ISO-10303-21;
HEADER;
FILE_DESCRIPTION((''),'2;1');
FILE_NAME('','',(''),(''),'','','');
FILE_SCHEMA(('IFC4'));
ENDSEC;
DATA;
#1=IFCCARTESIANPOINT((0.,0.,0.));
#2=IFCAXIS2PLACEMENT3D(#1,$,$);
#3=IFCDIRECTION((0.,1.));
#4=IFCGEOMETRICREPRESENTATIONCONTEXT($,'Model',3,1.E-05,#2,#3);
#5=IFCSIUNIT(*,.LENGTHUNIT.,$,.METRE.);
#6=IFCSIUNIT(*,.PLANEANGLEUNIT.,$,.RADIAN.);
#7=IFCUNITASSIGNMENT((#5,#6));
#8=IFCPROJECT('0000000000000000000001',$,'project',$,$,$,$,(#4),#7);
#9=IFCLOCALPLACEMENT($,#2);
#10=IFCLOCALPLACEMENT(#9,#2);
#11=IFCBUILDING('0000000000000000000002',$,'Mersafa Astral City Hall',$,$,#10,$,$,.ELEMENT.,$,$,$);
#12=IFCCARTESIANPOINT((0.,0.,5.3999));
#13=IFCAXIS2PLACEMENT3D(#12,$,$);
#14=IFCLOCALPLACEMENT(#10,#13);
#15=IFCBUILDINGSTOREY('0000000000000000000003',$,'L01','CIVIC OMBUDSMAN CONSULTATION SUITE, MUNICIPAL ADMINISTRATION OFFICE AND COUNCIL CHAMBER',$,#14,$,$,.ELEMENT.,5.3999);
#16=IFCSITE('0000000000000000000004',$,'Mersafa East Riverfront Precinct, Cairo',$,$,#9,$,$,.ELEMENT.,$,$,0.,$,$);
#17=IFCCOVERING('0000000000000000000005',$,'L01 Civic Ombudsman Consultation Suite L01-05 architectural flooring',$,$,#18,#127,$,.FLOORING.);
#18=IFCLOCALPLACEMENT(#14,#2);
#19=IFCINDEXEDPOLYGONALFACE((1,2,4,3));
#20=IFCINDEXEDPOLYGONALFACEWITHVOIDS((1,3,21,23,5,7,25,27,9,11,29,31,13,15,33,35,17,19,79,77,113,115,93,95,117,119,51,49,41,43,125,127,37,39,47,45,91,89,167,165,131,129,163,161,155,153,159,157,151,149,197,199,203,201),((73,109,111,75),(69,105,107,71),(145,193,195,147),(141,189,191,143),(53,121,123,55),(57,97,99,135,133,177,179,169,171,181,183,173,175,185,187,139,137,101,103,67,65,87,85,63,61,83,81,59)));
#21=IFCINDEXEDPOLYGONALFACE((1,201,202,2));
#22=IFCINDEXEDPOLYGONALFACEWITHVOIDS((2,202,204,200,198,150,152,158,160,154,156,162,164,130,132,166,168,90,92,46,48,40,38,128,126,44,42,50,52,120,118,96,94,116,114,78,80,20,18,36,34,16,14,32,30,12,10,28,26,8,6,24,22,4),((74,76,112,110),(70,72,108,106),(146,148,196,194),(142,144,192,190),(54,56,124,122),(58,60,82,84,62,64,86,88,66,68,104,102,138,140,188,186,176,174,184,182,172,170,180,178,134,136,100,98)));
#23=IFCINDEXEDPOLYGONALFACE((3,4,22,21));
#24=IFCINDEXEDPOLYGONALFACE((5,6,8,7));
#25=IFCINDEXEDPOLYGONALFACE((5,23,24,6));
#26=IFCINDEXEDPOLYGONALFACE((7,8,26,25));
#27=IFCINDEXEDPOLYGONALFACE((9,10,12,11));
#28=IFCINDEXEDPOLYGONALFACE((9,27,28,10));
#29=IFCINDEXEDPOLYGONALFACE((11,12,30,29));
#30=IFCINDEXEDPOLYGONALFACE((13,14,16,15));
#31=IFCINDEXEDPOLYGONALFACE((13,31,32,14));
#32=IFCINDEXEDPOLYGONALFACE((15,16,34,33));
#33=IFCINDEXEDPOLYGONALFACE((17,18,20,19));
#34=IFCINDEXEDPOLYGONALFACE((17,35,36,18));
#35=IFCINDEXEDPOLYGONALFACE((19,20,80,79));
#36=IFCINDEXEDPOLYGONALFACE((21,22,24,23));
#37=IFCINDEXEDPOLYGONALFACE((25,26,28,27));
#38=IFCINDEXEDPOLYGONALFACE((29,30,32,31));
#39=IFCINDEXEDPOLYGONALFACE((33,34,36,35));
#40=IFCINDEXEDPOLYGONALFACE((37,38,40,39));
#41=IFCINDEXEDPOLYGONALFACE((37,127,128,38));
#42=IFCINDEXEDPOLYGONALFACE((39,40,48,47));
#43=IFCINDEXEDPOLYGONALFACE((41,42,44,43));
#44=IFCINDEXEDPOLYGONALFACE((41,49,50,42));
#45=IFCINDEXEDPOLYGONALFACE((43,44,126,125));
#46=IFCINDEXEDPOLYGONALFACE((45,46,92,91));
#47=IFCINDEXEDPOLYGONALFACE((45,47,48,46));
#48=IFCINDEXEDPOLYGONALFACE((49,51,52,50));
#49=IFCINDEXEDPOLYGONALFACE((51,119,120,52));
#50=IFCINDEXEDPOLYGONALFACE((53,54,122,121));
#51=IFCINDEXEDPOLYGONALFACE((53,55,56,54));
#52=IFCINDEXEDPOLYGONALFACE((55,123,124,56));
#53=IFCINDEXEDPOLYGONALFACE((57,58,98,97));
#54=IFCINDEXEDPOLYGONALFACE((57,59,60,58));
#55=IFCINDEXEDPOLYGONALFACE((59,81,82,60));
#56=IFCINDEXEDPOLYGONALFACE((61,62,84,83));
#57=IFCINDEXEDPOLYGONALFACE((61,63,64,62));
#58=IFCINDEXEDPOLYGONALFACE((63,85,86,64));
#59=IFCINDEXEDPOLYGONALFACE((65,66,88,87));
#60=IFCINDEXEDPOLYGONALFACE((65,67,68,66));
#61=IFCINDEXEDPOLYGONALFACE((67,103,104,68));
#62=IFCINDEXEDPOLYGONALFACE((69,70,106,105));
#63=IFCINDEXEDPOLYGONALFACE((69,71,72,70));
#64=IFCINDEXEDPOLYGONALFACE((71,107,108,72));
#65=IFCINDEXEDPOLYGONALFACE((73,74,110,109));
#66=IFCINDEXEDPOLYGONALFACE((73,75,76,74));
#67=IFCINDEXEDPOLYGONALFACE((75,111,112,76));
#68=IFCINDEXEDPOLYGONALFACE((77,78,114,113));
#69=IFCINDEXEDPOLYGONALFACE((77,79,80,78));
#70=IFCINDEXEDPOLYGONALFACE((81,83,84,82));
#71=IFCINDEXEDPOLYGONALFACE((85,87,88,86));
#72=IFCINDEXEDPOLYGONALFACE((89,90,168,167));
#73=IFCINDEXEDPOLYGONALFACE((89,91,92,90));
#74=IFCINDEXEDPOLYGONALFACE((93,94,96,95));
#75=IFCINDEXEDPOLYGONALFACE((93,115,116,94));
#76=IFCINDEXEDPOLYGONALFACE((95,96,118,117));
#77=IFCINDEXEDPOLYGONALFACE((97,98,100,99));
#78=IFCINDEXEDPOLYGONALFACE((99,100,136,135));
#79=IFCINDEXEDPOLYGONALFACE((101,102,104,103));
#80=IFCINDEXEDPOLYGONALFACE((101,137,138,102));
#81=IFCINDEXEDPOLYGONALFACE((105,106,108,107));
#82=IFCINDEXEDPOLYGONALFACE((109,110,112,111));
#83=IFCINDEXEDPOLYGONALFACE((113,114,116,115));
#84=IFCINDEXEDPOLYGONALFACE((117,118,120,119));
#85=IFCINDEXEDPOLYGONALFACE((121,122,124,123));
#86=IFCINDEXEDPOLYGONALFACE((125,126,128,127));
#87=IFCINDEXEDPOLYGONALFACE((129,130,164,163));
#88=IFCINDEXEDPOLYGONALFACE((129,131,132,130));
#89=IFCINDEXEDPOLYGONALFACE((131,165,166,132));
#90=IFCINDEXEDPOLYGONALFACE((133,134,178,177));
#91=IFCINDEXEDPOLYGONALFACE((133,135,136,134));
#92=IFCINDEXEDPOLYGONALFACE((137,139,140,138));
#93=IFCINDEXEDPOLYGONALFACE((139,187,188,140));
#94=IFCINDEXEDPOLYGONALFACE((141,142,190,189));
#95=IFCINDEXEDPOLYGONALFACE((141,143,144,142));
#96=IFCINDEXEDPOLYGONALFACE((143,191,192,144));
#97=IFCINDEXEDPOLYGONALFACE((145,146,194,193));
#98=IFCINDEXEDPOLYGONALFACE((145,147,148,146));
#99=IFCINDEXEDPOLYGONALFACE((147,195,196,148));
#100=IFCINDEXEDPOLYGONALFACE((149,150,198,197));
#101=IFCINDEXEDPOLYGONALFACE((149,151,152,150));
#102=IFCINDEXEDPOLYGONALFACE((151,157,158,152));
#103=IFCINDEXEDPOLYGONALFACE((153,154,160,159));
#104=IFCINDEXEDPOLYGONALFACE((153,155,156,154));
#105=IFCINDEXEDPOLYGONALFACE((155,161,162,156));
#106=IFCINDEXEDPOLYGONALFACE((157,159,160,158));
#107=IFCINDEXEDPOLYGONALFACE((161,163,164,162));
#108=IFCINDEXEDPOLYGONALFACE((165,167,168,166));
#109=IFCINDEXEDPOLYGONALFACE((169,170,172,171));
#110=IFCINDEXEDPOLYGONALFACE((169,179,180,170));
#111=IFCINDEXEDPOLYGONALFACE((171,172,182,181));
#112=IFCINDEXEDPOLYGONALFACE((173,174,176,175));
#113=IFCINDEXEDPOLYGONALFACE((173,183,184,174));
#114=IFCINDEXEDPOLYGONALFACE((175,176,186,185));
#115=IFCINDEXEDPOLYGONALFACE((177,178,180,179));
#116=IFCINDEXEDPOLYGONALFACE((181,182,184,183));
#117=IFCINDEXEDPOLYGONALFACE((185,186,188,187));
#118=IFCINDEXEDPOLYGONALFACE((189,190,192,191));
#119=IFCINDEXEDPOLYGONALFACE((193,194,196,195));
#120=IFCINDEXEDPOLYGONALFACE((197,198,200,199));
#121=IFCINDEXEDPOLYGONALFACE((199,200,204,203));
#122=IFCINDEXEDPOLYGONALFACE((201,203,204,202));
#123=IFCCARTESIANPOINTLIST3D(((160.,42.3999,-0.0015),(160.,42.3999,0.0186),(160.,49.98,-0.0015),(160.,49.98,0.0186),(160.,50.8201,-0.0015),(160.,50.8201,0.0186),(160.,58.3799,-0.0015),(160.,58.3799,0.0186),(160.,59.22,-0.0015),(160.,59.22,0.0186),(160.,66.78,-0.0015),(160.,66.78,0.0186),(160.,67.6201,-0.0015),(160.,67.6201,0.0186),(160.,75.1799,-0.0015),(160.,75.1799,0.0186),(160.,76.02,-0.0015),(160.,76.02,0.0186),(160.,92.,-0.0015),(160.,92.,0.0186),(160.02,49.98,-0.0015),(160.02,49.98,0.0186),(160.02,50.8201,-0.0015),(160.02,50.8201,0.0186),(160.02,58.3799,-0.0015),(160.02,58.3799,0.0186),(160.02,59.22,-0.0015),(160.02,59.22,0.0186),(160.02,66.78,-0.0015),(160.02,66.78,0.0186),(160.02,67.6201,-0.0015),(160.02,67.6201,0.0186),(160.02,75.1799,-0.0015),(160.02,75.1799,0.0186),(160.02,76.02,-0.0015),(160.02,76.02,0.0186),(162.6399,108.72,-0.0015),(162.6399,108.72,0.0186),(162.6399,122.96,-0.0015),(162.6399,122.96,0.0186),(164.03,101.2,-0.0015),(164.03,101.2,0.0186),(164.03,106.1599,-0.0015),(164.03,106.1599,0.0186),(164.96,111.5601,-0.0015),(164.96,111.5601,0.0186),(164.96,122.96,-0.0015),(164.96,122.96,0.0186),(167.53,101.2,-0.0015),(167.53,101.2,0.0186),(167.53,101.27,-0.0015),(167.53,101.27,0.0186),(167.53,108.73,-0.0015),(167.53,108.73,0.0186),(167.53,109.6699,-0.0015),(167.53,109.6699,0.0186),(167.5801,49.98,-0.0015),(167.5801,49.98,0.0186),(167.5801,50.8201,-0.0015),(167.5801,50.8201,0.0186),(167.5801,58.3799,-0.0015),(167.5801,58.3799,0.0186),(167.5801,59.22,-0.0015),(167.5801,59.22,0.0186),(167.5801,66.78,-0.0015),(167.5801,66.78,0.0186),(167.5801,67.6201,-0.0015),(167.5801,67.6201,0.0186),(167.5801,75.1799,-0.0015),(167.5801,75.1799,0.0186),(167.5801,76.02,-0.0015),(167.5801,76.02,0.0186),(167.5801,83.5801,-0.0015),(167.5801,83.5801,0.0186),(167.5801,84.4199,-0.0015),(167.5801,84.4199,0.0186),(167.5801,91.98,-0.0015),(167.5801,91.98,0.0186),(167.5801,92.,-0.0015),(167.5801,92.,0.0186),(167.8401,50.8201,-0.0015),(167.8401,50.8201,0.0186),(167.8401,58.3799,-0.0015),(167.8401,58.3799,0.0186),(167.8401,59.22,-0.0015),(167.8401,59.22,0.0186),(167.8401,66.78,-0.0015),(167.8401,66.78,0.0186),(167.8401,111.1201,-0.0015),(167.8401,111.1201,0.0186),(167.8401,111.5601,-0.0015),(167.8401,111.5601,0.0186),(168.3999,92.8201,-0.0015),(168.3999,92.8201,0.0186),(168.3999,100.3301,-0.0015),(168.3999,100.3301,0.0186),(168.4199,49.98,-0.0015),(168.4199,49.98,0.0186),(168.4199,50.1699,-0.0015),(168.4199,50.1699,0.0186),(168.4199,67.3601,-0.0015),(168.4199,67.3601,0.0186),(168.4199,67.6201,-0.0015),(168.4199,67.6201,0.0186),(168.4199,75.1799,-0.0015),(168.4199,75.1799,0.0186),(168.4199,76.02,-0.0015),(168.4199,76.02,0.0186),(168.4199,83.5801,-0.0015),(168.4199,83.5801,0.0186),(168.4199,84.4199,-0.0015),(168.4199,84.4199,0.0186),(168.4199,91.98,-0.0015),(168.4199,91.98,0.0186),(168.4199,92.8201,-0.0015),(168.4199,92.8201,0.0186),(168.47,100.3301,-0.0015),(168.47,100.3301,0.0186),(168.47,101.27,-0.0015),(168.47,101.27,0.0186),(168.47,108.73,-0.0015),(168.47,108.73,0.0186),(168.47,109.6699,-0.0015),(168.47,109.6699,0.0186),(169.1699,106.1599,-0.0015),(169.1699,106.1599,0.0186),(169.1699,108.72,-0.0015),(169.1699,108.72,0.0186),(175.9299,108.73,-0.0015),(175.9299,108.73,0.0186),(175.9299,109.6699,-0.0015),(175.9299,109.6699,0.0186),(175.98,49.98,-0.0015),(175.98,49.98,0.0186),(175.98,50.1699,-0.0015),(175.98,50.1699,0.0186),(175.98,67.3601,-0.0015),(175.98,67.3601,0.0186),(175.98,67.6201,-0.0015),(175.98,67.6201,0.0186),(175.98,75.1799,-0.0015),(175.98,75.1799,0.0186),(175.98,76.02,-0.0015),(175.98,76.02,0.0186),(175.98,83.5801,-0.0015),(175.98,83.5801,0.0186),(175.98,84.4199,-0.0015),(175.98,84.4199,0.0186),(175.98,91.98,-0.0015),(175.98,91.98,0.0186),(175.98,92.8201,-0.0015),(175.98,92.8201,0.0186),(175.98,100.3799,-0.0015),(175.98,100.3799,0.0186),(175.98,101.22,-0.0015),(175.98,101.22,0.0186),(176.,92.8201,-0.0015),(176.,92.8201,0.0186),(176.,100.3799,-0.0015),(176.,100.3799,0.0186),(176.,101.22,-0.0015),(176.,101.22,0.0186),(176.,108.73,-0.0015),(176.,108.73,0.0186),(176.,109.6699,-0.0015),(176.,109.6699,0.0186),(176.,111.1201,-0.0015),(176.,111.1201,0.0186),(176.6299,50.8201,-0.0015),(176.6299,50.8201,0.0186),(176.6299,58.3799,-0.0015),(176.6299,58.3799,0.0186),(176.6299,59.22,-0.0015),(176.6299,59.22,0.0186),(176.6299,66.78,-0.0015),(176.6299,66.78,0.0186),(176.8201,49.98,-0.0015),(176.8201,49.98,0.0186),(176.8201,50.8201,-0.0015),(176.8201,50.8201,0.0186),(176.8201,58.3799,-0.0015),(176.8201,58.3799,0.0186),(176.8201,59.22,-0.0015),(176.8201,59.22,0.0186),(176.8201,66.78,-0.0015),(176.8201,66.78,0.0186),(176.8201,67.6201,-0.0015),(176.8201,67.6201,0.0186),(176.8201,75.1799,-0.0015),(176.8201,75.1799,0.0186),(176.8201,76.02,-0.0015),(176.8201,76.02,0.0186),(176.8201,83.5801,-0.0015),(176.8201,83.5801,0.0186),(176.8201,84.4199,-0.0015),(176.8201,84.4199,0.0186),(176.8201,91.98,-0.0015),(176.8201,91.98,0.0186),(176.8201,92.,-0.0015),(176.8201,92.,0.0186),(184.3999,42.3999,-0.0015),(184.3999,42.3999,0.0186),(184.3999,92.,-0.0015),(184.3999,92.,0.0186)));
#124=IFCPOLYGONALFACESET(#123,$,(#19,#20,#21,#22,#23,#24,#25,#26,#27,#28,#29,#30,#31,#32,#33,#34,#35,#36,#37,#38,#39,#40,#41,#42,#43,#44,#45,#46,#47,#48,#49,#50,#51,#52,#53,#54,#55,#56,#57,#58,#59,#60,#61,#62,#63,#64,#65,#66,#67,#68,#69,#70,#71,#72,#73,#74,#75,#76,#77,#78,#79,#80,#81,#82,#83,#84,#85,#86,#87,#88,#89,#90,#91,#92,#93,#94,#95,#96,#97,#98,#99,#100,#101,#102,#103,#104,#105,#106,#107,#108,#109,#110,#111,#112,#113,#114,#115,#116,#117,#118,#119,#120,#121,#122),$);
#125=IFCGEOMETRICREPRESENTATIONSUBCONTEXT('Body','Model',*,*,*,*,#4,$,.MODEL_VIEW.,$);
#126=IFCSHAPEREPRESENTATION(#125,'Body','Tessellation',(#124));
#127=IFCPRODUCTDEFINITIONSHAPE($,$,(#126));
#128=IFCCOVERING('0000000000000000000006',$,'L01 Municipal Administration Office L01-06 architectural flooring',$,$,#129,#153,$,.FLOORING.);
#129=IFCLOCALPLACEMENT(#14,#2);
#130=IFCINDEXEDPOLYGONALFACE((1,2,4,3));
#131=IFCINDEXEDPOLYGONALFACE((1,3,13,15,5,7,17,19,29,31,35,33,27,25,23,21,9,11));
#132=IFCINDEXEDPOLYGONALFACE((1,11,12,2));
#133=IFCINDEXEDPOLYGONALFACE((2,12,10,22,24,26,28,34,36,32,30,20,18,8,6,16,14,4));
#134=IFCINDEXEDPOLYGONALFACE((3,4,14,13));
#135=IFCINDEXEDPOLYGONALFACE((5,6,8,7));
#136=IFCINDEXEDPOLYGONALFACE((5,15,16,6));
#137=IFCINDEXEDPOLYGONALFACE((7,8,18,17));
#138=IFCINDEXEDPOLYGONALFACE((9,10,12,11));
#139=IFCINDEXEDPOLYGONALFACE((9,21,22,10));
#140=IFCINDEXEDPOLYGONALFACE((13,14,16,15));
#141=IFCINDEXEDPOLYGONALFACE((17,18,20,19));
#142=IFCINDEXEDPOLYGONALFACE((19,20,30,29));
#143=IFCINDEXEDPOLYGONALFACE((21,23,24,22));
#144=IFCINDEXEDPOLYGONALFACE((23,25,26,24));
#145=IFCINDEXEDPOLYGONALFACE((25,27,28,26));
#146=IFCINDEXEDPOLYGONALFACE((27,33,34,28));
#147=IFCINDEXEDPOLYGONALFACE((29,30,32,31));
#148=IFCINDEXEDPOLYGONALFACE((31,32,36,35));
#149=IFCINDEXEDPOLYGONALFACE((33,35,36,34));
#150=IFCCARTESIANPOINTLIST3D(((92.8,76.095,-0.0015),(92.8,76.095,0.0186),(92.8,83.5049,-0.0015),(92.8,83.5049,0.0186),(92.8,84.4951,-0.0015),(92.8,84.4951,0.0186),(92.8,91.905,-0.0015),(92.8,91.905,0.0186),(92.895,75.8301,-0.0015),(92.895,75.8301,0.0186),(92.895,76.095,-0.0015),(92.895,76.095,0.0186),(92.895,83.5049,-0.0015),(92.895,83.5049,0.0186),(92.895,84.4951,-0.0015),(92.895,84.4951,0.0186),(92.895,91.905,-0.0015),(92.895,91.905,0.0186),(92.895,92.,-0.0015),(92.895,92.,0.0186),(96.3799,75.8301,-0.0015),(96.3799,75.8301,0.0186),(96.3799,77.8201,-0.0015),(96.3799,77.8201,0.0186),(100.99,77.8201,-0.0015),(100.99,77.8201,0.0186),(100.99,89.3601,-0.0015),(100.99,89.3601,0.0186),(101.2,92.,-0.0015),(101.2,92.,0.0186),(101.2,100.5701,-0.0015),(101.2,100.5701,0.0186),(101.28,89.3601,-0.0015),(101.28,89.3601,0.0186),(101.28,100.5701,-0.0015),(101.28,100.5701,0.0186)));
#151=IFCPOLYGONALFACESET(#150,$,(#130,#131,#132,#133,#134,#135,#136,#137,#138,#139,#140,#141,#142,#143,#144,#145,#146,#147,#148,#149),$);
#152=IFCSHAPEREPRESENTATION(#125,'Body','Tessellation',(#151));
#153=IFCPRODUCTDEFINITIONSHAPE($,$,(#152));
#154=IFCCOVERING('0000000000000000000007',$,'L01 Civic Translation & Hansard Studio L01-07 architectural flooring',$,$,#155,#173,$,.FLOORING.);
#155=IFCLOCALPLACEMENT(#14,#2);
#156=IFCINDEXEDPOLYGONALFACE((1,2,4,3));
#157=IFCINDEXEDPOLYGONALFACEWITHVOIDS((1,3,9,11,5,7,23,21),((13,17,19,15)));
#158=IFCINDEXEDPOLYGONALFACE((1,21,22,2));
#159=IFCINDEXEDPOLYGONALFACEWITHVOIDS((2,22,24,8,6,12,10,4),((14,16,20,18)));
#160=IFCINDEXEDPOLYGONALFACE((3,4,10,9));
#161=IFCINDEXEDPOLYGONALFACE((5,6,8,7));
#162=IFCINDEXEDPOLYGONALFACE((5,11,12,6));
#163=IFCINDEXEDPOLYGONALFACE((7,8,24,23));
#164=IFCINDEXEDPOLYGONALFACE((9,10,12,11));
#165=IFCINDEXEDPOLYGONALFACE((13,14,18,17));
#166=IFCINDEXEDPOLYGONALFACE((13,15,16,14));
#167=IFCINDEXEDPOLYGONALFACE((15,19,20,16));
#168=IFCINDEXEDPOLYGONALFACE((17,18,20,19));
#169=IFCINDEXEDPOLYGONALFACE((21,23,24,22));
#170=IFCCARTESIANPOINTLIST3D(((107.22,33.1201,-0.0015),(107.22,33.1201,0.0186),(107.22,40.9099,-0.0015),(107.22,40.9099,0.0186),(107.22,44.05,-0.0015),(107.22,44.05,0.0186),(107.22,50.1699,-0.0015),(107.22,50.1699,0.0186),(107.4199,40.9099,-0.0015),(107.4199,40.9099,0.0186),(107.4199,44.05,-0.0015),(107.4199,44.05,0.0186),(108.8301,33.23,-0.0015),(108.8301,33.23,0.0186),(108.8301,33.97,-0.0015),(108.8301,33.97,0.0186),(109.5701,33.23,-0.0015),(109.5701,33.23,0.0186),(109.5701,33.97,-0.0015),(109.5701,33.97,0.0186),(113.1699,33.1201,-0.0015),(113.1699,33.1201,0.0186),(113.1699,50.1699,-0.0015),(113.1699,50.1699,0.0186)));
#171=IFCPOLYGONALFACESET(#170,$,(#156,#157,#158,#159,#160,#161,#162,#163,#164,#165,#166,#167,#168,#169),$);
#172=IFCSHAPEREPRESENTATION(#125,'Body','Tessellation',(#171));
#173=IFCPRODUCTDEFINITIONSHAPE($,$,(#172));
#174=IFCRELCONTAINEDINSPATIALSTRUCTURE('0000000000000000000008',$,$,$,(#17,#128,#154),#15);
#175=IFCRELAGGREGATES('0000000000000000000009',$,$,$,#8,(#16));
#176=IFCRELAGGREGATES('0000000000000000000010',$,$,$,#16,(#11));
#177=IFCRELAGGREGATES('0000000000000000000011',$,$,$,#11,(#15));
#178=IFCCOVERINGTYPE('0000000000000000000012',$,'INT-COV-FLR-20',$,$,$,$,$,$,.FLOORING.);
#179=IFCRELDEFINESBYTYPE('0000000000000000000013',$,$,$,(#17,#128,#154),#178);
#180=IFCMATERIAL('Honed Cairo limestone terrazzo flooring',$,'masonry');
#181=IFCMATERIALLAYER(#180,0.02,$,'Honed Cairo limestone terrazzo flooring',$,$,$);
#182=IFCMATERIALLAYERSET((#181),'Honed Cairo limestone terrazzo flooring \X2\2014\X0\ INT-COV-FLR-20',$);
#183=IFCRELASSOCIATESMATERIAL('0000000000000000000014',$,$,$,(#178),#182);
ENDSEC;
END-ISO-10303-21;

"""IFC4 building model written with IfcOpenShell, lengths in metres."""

from ifc_helpers import new_model, si_unit, direction, frame, origin, place, context, subcontext, project, spatial, polyline, outline, extrude, material, layer, layer_set, type_object, element, save


model = new_model("IFC4")

# Units and contexts
model_context = context("Model", 3, precision=1e-05, world=origin(), true_north=direction((0.0, 1.0)))
body_context = subcontext(model_context, "Body", "Model", "MODEL_VIEW")
ifc_project = project(units=[si_unit("LENGTHUNIT", "METRE"), si_unit("PLANEANGLEUNIT", "RADIAN")], contexts=[model_context])

# Site, building, storey
site_placement = place(None, origin())
site = spatial("IfcSite", under=ifc_project, at=site_placement, Name="Mersafa East Riverfront Precinct, Cairo", CompositionType="ELEMENT", RefElevation=0.0)
building_placement = place(site_placement, origin())
building = spatial("IfcBuilding", under=site, at=building_placement, Name="Mersafa Astral City Hall", CompositionType="ELEMENT")
storey_placement = place(building_placement, frame((0.0, 0.0, 5.3999)))
storey = spatial("IfcBuildingStorey", under=building, at=storey_placement, Name="L01", Description="CIVIC OMBUDSMAN CONSULTATION SUITE, MUNICIPAL ADMINISTRATION OFFICE AND COUNCIL CHAMBER", CompositionType="ELEMENT", Elevation=5.3999)

# Coverings
ifc_material_1 = material(Name="Honed Cairo limestone terrazzo flooring", Category="masonry")
ifc_layer_1 = layer(ifc_material_1, 0.02, Name="Honed Cairo limestone terrazzo flooring")
ifc_layer_set_1 = layer_set([ifc_layer_1], Name="Honed Cairo limestone terrazzo flooring — INT-COV-FLR-20")
covering_type = type_object("IfcCoveringType", Name="INT-COV-FLR-20", PredefinedType="FLOORING", material=ifc_layer_set_1)
covering_1_placement = place(storey_placement, frame((0.0, 0.0, -0.0015)))
element("IfcCovering", 1, at=covering_1_placement, inside=storey, type_object=covering_type, Name="L01 Civic Ombudsman Consultation Suite L01-05 architectural flooring", PredefinedType="FLOORING", context=body_context, shape_type="SweptSolid", body=[
    extrude(outline(polyline([(160.02, 49.98), (160.02, 50.8201), (160.0, 50.8201), (160.0, 58.3799), (160.02, 58.3799), (160.02, 59.22), (160.0, 59.22), (160.0, 66.78), (160.02, 66.78), (160.02, 67.6201), (160.0, 67.6201), (160.0, 75.1799), (160.02, 75.1799), (160.02, 76.02), (160.0, 76.02), (160.0, 92.0), (167.5801, 92.0), (167.5801, 91.98), (168.4199, 91.98), (168.4199, 92.8201), (168.3999, 92.8201), (168.3999, 100.3301), (168.47, 100.3301), (168.47, 101.27), (167.53, 101.27), (167.53, 101.2), (164.03, 101.2), (164.03, 106.1599), (169.1699, 106.1599), (169.1699, 108.72), (162.6399, 108.72), (162.6399, 122.96), (164.96, 122.96), (164.96, 111.5601), (167.8401, 111.5601), (167.8401, 111.1201), (176.0, 111.1201), (176.0, 109.6699), (175.9299, 109.6699), (175.9299, 108.73), (176.0, 108.73), (176.0, 101.22), (175.98, 101.22), (175.98, 100.3799), (176.0, 100.3799), (176.0, 92.8201), (175.98, 92.8201), (175.98, 91.98), (176.8201, 91.98), (176.8201, 92.0), (184.3999, 92.0), (184.3999, 42.3999), (160.0, 42.3999), (160.0, 49.98), (160.02, 49.98)]), holes=[polyline([(175.98, 50.1699), (175.98, 49.98), (176.8201, 49.98), (176.8201, 50.8201), (176.6299, 50.8201), (176.6299, 58.3799), (176.8201, 58.3799), (176.8201, 59.22), (176.6299, 59.22), (176.6299, 66.78), (176.8201, 66.78), (176.8201, 67.6201), (175.98, 67.6201), (175.98, 67.3601), (168.4199, 67.3601), (168.4199, 67.6201), (167.5801, 67.6201), (167.5801, 66.78), (167.8401, 66.78), (167.8401, 59.22), (167.5801, 59.22), (167.5801, 58.3799), (167.8401, 58.3799), (167.8401, 50.8201), (167.5801, 50.8201), (167.5801, 49.98), (168.4199, 49.98), (168.4199, 50.1699), (175.98, 50.1699)]), polyline([(175.98, 75.1799), (176.8201, 75.1799), (176.8201, 76.02), (175.98, 76.02), (175.98, 75.1799)]), polyline([(175.98, 83.5801), (176.8201, 83.5801), (176.8201, 84.4199), (175.98, 84.4199), (175.98, 83.5801)]), polyline([(167.53, 108.73), (168.47, 108.73), (168.47, 109.6699), (167.53, 109.6699), (167.53, 108.73)]), polyline([(167.5801, 75.1799), (168.4199, 75.1799), (168.4199, 76.02), (167.5801, 76.02), (167.5801, 75.1799)]), polyline([(167.5801, 83.5801), (168.4199, 83.5801), (168.4199, 84.4199), (167.5801, 84.4199), (167.5801, 83.5801)])]), origin(), (0.0, 0.0, 1.0), 0.02),
])
covering_2_placement = place(storey_placement, frame((0.0, 0.0, -0.0015)))
element("IfcCovering", 2, at=covering_2_placement, inside=storey, type_object=covering_type, Name="L01 Municipal Administration Office L01-06 architectural flooring", PredefinedType="FLOORING", context=body_context, shape_type="SweptSolid", body=[
    extrude(outline(polyline([(92.895, 91.905), (92.895, 92.0), (101.2, 92.0), (101.2, 100.5701), (101.28, 100.5701), (101.28, 89.3601), (100.99, 89.3601), (100.99, 77.8201), (96.3799, 77.8201), (96.3799, 75.8301), (92.895, 75.8301), (92.895, 76.095), (92.8, 76.095), (92.8, 83.5049), (92.895, 83.5049), (92.895, 84.4951), (92.8, 84.4951), (92.8, 91.905), (92.895, 91.905)])), origin(), (0.0, 0.0, 1.0), 0.02),
])
covering_3_placement = place(storey_placement, frame((0.0, 0.0, -0.0015)))
element("IfcCovering", 3, at=covering_3_placement, inside=storey, type_object=covering_type, Name="L01 Civic Translation & Hansard Studio L01-07 architectural flooring", PredefinedType="FLOORING", context=body_context, shape_type="SweptSolid", body=[
    extrude(outline(polyline([(107.4199, 40.9099), (107.4199, 44.05), (107.22, 44.05), (107.22, 50.1699), (113.1699, 50.1699), (113.1699, 33.1201), (107.22, 33.1201), (107.22, 40.9099), (107.4199, 40.9099)]), holes=[polyline([(108.8301, 33.23), (109.5701, 33.23), (109.5701, 33.97), (108.8301, 33.97), (108.8301, 33.23)])]), origin(), (0.0, 0.0, 1.0), 0.02),
])

save(model, "model.ifc")
